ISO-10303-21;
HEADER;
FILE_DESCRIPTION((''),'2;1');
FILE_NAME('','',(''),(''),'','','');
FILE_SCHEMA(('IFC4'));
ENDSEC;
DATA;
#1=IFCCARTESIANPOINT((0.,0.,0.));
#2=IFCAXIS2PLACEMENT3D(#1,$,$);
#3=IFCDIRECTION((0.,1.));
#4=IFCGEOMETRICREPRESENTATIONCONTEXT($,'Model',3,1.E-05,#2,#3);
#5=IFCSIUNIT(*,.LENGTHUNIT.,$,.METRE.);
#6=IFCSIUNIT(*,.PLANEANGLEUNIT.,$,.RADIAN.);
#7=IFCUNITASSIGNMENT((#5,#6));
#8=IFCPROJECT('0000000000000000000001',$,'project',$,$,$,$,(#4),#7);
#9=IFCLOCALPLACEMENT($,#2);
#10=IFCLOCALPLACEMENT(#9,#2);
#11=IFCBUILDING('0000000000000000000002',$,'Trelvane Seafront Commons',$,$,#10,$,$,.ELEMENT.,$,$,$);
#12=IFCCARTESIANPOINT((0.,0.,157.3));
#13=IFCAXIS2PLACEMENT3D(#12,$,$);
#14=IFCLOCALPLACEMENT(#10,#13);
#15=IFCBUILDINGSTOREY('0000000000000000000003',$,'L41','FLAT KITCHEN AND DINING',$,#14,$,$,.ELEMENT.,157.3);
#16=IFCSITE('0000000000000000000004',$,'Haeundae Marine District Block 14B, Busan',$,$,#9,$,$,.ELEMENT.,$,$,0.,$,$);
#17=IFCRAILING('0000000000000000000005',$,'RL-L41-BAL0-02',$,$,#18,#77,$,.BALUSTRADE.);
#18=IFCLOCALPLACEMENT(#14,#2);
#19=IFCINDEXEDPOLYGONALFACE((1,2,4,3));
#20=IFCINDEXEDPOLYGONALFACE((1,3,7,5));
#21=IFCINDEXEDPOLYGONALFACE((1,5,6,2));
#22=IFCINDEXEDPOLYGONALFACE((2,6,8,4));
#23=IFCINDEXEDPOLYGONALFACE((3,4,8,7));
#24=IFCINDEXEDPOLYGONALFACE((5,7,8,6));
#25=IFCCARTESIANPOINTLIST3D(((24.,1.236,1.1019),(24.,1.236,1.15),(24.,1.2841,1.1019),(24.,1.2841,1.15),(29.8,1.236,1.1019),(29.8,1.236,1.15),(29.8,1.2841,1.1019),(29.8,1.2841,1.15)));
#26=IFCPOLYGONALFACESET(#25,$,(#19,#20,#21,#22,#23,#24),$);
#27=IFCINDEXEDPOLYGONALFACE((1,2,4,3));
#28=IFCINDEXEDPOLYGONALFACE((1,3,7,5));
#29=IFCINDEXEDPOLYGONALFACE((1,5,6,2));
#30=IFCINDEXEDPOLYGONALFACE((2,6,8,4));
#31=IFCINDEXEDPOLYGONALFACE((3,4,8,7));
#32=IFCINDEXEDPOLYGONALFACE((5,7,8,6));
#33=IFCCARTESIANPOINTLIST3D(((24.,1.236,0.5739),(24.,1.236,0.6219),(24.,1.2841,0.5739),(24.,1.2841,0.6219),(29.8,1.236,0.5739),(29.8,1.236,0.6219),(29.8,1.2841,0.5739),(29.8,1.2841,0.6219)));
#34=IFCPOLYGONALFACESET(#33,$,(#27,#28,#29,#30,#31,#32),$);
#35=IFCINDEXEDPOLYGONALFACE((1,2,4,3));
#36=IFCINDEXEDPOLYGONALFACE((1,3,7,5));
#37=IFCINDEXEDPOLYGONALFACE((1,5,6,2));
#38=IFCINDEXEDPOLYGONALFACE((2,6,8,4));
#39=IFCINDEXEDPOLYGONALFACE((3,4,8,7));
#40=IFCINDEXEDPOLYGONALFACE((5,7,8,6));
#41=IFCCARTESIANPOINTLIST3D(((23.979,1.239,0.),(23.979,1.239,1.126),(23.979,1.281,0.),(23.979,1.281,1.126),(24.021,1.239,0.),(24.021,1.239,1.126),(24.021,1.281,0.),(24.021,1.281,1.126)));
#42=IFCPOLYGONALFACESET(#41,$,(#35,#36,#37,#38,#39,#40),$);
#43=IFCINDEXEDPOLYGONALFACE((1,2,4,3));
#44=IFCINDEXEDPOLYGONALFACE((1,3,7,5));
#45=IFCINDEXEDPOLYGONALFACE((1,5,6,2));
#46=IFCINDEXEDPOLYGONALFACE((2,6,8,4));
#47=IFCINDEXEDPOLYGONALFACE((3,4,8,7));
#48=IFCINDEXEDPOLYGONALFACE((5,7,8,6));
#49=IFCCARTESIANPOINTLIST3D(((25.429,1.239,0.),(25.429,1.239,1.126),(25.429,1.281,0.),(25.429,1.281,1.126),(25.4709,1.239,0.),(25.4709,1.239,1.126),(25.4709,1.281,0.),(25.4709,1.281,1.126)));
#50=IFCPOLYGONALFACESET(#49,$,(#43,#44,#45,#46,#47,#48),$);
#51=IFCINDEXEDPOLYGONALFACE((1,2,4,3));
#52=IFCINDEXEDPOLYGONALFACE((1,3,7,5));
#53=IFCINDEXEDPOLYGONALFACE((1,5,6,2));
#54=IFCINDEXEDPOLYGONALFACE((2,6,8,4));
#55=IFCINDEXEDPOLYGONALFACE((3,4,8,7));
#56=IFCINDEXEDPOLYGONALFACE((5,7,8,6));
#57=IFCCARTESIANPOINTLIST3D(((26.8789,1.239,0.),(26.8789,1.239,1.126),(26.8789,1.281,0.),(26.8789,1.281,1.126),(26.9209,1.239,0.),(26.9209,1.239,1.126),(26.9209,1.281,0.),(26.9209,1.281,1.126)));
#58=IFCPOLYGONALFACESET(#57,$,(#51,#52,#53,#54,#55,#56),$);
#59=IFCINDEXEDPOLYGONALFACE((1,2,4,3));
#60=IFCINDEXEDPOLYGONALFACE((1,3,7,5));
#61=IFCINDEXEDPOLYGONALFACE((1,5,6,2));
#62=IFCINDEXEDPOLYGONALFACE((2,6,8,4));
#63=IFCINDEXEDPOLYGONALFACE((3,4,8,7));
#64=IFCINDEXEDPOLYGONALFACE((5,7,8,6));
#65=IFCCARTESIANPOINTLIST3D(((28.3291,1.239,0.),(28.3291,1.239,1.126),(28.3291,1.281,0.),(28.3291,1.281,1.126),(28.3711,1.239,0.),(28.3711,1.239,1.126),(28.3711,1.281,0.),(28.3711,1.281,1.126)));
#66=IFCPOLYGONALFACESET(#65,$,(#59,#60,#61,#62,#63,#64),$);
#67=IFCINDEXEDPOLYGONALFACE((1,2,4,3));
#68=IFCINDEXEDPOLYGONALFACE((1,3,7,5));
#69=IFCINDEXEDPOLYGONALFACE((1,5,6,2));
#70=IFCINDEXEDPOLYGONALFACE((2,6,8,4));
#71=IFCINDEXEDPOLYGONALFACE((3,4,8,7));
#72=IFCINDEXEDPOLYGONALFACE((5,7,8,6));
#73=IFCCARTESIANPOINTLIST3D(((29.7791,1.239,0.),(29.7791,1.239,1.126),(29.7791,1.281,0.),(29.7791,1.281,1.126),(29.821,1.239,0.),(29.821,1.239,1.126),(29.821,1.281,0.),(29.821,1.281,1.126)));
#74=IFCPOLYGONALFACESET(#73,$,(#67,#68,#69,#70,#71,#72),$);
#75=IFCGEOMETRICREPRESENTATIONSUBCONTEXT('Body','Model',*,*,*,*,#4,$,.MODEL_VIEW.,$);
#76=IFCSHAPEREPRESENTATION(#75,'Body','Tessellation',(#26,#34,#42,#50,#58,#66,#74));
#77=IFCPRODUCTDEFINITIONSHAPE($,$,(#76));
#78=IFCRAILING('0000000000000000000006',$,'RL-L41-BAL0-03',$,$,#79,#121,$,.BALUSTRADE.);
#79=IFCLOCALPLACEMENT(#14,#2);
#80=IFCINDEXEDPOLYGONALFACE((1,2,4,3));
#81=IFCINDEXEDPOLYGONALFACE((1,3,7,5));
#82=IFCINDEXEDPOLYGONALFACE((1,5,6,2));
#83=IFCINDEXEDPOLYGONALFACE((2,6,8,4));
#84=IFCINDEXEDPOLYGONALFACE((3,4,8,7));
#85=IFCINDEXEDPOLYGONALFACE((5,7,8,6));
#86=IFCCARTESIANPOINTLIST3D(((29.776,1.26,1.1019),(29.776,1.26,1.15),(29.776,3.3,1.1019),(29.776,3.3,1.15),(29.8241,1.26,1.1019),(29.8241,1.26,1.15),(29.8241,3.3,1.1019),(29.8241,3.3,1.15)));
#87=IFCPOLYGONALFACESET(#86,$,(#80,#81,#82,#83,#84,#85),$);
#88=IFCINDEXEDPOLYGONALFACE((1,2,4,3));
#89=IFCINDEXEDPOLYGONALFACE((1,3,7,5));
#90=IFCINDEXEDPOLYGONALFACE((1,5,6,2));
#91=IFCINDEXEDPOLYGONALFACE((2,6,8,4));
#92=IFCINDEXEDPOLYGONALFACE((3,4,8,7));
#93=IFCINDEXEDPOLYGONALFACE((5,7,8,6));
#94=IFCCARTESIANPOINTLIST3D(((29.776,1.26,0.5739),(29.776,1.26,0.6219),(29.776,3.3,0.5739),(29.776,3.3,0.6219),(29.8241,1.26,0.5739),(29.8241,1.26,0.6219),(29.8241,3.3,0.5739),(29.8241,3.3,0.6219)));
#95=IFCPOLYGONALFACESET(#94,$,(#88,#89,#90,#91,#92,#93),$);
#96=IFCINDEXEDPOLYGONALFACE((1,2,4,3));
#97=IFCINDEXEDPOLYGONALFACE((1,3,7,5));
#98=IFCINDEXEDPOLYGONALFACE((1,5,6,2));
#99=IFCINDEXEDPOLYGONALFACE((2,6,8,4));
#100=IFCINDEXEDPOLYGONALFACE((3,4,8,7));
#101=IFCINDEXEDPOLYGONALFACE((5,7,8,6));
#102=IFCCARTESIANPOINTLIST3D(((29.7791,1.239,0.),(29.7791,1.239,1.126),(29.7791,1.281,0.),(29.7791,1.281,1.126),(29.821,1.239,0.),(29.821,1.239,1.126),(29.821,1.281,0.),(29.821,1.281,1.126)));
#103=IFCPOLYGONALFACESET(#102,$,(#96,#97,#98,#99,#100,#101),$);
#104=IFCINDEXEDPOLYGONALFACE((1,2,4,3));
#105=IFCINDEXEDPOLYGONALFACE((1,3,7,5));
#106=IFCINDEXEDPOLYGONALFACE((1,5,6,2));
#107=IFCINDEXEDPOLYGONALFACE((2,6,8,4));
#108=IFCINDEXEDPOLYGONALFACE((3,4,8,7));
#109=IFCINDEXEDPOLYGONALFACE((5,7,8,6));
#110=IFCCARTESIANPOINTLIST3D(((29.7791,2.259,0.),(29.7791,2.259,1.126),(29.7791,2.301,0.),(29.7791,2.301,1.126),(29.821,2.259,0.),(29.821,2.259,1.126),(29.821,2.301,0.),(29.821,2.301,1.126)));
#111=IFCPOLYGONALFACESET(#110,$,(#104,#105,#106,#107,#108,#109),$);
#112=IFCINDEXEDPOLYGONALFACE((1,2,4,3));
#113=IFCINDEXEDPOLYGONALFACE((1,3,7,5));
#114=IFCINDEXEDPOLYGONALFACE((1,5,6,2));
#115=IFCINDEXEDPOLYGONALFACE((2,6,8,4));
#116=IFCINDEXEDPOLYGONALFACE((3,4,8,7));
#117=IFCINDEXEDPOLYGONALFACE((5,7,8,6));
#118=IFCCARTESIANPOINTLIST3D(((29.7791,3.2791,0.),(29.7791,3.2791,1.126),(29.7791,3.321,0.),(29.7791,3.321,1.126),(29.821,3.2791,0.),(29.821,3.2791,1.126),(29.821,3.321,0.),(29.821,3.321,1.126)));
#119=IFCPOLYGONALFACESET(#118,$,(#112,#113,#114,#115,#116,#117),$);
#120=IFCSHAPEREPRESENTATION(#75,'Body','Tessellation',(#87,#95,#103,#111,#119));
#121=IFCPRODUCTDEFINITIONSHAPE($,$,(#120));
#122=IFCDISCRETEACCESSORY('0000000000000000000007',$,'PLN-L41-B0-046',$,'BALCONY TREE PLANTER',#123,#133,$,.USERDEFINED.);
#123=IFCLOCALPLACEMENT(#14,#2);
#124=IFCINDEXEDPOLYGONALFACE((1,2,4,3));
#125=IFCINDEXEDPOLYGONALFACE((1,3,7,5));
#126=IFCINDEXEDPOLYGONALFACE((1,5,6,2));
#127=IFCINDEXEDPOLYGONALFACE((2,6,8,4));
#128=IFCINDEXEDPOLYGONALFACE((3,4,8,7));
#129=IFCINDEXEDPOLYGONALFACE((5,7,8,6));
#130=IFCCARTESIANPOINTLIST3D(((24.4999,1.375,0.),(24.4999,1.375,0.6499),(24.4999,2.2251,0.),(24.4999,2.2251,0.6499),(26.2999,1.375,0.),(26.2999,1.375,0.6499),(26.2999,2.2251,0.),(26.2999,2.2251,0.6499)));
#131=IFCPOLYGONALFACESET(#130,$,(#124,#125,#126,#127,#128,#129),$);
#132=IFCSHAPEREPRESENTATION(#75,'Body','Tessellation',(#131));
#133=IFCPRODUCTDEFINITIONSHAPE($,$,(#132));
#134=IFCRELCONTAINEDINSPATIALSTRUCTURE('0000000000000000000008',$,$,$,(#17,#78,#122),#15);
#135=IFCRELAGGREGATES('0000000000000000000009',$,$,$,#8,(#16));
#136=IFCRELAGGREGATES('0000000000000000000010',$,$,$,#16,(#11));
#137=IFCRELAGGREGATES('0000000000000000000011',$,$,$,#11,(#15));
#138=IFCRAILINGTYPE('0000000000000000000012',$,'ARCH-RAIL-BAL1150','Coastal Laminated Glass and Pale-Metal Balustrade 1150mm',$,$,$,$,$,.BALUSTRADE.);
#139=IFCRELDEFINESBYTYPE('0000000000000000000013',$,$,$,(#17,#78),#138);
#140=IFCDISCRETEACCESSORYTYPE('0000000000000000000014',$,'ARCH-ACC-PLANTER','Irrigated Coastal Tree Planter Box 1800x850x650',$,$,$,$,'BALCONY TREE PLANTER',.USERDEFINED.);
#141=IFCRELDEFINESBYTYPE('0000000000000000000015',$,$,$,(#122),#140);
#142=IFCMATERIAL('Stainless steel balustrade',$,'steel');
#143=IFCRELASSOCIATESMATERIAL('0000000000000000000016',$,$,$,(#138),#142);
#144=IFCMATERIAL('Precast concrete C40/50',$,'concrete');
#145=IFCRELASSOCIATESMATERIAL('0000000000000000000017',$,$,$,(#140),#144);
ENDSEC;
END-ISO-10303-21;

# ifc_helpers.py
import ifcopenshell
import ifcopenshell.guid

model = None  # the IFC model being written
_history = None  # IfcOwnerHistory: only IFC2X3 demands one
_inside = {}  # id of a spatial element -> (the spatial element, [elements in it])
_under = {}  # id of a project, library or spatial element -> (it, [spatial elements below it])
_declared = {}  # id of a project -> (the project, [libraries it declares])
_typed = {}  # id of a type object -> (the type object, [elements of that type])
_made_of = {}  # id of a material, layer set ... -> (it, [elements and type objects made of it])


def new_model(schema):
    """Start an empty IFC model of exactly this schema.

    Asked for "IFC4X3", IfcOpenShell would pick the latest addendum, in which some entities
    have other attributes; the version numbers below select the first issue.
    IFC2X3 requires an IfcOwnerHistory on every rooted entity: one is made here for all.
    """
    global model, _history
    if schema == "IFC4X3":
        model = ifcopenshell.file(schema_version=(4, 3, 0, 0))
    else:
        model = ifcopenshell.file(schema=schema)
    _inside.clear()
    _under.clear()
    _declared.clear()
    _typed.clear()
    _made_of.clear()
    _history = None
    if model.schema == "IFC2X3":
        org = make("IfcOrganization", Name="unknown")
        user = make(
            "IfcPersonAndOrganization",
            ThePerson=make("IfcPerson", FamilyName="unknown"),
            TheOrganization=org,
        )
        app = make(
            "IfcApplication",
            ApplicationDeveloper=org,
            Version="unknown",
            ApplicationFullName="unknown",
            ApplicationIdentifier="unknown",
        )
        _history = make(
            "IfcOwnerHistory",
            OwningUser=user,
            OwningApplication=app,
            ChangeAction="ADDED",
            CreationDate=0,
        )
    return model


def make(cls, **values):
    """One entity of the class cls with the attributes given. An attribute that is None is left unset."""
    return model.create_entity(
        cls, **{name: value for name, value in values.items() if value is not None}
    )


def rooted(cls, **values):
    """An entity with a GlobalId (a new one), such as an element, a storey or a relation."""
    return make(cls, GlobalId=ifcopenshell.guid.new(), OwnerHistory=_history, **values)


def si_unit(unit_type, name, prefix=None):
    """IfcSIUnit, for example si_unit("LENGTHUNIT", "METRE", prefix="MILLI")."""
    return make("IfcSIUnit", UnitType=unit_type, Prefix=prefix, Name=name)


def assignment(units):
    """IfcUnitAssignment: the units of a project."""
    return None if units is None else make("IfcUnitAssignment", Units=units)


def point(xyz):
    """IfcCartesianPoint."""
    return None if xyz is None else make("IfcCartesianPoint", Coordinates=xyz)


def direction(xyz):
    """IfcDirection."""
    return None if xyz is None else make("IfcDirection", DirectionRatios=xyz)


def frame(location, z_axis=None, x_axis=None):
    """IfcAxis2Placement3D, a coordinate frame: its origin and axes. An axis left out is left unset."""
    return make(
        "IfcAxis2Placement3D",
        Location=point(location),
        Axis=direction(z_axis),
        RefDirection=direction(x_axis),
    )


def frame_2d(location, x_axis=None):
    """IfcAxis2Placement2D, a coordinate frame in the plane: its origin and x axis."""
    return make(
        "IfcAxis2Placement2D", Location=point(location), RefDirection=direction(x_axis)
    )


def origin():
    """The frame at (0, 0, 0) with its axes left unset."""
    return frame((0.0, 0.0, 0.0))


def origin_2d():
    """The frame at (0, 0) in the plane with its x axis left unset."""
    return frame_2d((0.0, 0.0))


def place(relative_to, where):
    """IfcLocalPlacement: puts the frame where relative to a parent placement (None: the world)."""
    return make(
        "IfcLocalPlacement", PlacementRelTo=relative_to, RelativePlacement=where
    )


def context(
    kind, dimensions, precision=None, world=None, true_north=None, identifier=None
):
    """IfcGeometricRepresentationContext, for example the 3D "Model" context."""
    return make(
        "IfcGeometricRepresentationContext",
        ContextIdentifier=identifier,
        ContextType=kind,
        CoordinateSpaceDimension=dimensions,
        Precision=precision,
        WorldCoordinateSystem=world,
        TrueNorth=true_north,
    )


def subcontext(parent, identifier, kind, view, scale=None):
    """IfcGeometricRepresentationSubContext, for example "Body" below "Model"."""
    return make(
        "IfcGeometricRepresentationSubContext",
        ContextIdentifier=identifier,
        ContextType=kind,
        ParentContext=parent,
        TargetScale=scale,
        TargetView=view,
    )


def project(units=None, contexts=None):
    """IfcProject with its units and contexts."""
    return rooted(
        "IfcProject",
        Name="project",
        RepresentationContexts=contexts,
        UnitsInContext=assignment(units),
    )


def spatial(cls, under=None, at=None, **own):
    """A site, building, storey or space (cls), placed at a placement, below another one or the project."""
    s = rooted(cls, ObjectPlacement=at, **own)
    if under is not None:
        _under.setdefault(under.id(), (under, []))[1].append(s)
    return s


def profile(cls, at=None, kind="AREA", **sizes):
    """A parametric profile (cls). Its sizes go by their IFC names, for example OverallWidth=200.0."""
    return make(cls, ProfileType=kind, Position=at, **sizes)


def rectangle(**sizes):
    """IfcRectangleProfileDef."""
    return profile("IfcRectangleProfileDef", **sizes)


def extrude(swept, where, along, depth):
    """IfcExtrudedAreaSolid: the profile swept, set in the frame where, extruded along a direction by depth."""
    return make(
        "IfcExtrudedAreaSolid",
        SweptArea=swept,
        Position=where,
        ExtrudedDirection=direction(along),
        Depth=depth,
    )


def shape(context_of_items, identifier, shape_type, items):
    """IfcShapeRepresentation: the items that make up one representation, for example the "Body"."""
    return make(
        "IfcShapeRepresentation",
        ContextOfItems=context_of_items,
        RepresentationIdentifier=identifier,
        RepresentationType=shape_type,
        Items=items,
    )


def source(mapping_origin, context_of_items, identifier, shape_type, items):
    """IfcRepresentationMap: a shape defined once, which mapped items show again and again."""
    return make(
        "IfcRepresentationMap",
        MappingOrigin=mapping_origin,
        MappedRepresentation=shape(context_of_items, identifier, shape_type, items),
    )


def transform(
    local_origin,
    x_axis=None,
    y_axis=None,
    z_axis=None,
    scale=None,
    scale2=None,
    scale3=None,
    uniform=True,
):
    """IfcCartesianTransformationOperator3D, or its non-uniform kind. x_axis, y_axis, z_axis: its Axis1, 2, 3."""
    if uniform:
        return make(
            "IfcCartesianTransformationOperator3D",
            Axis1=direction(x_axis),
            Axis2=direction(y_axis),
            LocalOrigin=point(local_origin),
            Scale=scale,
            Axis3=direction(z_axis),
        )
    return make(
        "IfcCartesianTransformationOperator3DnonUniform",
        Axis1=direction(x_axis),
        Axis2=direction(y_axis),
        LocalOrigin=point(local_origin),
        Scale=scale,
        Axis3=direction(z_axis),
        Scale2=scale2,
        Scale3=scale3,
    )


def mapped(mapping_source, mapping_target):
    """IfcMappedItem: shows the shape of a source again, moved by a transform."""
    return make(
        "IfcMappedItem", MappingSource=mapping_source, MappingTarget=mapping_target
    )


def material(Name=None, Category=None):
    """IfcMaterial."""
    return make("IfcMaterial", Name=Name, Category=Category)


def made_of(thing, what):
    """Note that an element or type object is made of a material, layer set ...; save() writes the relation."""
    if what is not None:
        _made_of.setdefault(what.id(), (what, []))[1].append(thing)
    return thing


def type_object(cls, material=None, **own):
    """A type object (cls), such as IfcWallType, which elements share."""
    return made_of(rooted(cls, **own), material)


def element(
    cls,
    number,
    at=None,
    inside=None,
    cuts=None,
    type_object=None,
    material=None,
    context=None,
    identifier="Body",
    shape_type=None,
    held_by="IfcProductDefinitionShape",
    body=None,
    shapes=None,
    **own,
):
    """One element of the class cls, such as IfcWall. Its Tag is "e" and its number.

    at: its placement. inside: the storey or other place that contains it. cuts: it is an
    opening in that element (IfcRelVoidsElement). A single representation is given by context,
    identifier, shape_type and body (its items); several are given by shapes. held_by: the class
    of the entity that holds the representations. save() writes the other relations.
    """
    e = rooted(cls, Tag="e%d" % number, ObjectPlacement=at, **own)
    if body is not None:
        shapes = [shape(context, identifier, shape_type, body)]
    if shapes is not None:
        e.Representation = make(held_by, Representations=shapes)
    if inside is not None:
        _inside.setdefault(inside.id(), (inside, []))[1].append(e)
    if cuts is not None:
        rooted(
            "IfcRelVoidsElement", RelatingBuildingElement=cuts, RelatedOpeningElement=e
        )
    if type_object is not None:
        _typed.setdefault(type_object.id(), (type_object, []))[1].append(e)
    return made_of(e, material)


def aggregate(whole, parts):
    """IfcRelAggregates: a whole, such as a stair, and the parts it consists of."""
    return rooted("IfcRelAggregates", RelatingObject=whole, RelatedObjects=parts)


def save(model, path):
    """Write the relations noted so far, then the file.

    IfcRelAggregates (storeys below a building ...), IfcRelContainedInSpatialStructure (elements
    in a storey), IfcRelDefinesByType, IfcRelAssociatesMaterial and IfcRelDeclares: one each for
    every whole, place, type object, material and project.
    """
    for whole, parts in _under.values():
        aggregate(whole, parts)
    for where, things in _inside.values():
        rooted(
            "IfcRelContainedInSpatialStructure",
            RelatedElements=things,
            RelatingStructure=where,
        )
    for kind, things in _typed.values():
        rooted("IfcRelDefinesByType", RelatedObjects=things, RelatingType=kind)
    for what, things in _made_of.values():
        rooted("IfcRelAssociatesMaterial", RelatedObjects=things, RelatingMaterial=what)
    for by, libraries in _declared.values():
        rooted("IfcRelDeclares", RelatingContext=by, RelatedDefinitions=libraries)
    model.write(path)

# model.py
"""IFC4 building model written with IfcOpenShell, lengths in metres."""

from ifc_helpers import new_model, si_unit, direction, frame, origin, origin_2d, place, context, subcontext, project, spatial, rectangle, extrude, source, transform, mapped, material, type_object, element, save


model = new_model("IFC4")

# Units and contexts
model_context = context("Model", 3, precision=1e-05, world=origin(), true_north=direction((0.0, 1.0)))
body_context = subcontext(model_context, "Body", "Model", "MODEL_VIEW")
ifc_project = project(units=[si_unit("LENGTHUNIT", "METRE"), si_unit("PLANEANGLEUNIT", "RADIAN")], contexts=[model_context])

# Site, building, storey
site_placement = place(None, origin())
site = spatial("IfcSite", under=ifc_project, at=site_placement, Name="Haeundae Marine District Block 14B, Busan", CompositionType="ELEMENT", RefElevation=0.0)
building_placement = place(site_placement, origin())
building = spatial("IfcBuilding", under=site, at=building_placement, Name="Trelvane Seafront Commons", CompositionType="ELEMENT")
storey_placement = place(building_placement, frame((0.0, 0.0, 157.3)))
storey = spatial("IfcBuildingStorey", under=building, at=storey_placement, Name="L41", Description="FLAT KITCHEN AND DINING", CompositionType="ELEMENT", Elevation=157.3)

# Railings
ifc_material_1 = material(Name="Stainless steel balustrade", Category="steel")
railing_type = type_object("IfcRailingType", Name="ARCH-RAIL-BAL1150", Description="Coastal Laminated Glass and Pale-Metal Balustrade 1150mm", PredefinedType="BALUSTRADE", material=ifc_material_1)
railing_1_placement = place(storey_placement, frame((24.0, 1.26, 0.0)))
element("IfcRailing", 1, at=railing_1_placement, inside=storey, type_object=railing_type, Name="RL-L41-BAL0-02", PredefinedType="BALUSTRADE", context=body_context, shape_type="SweptSolid", body=[
    extrude(rectangle(XDim=0.0481, YDim=0.0481, at=origin_2d()), frame((0.0, 0.0, 1.126), z_axis=(1.0, 0.0, 0.0), x_axis=(0.0, 1.0, 0.0)), (0.0, 0.0, 1.0), 5.8),
    extrude(rectangle(XDim=0.0481, YDim=0.0481, at=origin_2d()), frame((0.0, 0.0, 0.5979), z_axis=(1.0, 0.0, 0.0), x_axis=(0.0, 1.0, 0.0)), (0.0, 0.0, 1.0), 5.8),
    extrude(rectangle(XDim=0.042, YDim=0.042, at=origin_2d()), origin(), (0.0, 0.0, 1.0), 1.126),
    extrude(rectangle(XDim=0.042, YDim=0.042, at=origin_2d()), frame((1.45, 0.0, 0.0)), (0.0, 0.0, 1.0), 1.126),
    extrude(rectangle(XDim=0.042, YDim=0.042, at=origin_2d()), frame((2.8999, 0.0, 0.0)), (0.0, 0.0, 1.0), 1.126),
    extrude(rectangle(XDim=0.042, YDim=0.042, at=origin_2d()), frame((4.3501, 0.0, 0.0)), (0.0, 0.0, 1.0), 1.126),
    extrude(rectangle(XDim=0.042, YDim=0.042, at=origin_2d()), frame((5.8, 0.0, 0.0)), (0.0, 0.0, 1.0), 1.126),
])
railing_2_placement = place(storey_placement, frame((29.8, 1.26, 0.0)))
element("IfcRailing", 2, at=railing_2_placement, inside=storey, type_object=railing_type, Name="RL-L41-BAL0-03", PredefinedType="BALUSTRADE", context=body_context, shape_type="SweptSolid", body=[
    extrude(rectangle(XDim=0.0481, YDim=0.0481, at=origin_2d()), frame((0.0, 0.0, 1.126), z_axis=(0.0, 1.0, 0.0), x_axis=(-1.0, 0.0, 0.0)), (0.0, 0.0, 1.0), 2.04),
    extrude(rectangle(XDim=0.0481, YDim=0.0481, at=origin_2d()), frame((0.0, 0.0, 0.5979), z_axis=(0.0, 1.0, 0.0), x_axis=(-1.0, 0.0, 0.0)), (0.0, 0.0, 1.0), 2.04),
    extrude(rectangle(XDim=0.042, YDim=0.042, at=origin_2d()), origin(), (0.0, 0.0, 1.0), 1.126),
    extrude(rectangle(XDim=0.042, YDim=0.042, at=origin_2d()), frame((0.0, 1.02, 0.0)), (0.0, 0.0, 1.0), 1.126),
    extrude(rectangle(XDim=0.042, YDim=0.042, at=origin_2d()), frame((0.0, 2.04, 0.0)), (0.0, 0.0, 1.0), 1.126),
])

# Discrete accessory
ifc_material_2 = material(Name="Precast concrete C40/50", Category="concrete")
discrete_accessory_type = type_object("IfcDiscreteAccessoryType", Name="ARCH-ACC-PLANTER", Description="Irrigated Coastal Tree Planter Box 1800x850x650", ElementType="BALCONY TREE PLANTER", PredefinedType="USERDEFINED", material=ifc_material_2)
shared_shape_1 = source(origin(), body_context, "Body", "SweptSolid", [
    extrude(rectangle(XDim=1.8, YDim=0.8501, at=origin_2d()), origin(), (0.0, 0.0, 1.0), 0.6499),
])
discrete_accessory_placement = place(storey_placement, frame((25.3999, 1.8, 0.0), z_axis=(0.0, 0.0, 1.0), x_axis=(1.0, 0.0, 0.0)))
element("IfcDiscreteAccessory", 3, at=discrete_accessory_placement, inside=storey, type_object=discrete_accessory_type, Name="PLN-L41-B0-046", ObjectType="BALCONY TREE PLANTER", PredefinedType="USERDEFINED", context=body_context, shape_type="MappedRepresentation", body=[
    mapped(shared_shape_1, transform((0.0, 0.0, 0.0), x_axis=(1.0, 0.0, 0.0), y_axis=(0.0, 1.0, 0.0), z_axis=(0.0, 0.0, 1.0), scale=1.0)),
])

save(model, "model.ifc")
